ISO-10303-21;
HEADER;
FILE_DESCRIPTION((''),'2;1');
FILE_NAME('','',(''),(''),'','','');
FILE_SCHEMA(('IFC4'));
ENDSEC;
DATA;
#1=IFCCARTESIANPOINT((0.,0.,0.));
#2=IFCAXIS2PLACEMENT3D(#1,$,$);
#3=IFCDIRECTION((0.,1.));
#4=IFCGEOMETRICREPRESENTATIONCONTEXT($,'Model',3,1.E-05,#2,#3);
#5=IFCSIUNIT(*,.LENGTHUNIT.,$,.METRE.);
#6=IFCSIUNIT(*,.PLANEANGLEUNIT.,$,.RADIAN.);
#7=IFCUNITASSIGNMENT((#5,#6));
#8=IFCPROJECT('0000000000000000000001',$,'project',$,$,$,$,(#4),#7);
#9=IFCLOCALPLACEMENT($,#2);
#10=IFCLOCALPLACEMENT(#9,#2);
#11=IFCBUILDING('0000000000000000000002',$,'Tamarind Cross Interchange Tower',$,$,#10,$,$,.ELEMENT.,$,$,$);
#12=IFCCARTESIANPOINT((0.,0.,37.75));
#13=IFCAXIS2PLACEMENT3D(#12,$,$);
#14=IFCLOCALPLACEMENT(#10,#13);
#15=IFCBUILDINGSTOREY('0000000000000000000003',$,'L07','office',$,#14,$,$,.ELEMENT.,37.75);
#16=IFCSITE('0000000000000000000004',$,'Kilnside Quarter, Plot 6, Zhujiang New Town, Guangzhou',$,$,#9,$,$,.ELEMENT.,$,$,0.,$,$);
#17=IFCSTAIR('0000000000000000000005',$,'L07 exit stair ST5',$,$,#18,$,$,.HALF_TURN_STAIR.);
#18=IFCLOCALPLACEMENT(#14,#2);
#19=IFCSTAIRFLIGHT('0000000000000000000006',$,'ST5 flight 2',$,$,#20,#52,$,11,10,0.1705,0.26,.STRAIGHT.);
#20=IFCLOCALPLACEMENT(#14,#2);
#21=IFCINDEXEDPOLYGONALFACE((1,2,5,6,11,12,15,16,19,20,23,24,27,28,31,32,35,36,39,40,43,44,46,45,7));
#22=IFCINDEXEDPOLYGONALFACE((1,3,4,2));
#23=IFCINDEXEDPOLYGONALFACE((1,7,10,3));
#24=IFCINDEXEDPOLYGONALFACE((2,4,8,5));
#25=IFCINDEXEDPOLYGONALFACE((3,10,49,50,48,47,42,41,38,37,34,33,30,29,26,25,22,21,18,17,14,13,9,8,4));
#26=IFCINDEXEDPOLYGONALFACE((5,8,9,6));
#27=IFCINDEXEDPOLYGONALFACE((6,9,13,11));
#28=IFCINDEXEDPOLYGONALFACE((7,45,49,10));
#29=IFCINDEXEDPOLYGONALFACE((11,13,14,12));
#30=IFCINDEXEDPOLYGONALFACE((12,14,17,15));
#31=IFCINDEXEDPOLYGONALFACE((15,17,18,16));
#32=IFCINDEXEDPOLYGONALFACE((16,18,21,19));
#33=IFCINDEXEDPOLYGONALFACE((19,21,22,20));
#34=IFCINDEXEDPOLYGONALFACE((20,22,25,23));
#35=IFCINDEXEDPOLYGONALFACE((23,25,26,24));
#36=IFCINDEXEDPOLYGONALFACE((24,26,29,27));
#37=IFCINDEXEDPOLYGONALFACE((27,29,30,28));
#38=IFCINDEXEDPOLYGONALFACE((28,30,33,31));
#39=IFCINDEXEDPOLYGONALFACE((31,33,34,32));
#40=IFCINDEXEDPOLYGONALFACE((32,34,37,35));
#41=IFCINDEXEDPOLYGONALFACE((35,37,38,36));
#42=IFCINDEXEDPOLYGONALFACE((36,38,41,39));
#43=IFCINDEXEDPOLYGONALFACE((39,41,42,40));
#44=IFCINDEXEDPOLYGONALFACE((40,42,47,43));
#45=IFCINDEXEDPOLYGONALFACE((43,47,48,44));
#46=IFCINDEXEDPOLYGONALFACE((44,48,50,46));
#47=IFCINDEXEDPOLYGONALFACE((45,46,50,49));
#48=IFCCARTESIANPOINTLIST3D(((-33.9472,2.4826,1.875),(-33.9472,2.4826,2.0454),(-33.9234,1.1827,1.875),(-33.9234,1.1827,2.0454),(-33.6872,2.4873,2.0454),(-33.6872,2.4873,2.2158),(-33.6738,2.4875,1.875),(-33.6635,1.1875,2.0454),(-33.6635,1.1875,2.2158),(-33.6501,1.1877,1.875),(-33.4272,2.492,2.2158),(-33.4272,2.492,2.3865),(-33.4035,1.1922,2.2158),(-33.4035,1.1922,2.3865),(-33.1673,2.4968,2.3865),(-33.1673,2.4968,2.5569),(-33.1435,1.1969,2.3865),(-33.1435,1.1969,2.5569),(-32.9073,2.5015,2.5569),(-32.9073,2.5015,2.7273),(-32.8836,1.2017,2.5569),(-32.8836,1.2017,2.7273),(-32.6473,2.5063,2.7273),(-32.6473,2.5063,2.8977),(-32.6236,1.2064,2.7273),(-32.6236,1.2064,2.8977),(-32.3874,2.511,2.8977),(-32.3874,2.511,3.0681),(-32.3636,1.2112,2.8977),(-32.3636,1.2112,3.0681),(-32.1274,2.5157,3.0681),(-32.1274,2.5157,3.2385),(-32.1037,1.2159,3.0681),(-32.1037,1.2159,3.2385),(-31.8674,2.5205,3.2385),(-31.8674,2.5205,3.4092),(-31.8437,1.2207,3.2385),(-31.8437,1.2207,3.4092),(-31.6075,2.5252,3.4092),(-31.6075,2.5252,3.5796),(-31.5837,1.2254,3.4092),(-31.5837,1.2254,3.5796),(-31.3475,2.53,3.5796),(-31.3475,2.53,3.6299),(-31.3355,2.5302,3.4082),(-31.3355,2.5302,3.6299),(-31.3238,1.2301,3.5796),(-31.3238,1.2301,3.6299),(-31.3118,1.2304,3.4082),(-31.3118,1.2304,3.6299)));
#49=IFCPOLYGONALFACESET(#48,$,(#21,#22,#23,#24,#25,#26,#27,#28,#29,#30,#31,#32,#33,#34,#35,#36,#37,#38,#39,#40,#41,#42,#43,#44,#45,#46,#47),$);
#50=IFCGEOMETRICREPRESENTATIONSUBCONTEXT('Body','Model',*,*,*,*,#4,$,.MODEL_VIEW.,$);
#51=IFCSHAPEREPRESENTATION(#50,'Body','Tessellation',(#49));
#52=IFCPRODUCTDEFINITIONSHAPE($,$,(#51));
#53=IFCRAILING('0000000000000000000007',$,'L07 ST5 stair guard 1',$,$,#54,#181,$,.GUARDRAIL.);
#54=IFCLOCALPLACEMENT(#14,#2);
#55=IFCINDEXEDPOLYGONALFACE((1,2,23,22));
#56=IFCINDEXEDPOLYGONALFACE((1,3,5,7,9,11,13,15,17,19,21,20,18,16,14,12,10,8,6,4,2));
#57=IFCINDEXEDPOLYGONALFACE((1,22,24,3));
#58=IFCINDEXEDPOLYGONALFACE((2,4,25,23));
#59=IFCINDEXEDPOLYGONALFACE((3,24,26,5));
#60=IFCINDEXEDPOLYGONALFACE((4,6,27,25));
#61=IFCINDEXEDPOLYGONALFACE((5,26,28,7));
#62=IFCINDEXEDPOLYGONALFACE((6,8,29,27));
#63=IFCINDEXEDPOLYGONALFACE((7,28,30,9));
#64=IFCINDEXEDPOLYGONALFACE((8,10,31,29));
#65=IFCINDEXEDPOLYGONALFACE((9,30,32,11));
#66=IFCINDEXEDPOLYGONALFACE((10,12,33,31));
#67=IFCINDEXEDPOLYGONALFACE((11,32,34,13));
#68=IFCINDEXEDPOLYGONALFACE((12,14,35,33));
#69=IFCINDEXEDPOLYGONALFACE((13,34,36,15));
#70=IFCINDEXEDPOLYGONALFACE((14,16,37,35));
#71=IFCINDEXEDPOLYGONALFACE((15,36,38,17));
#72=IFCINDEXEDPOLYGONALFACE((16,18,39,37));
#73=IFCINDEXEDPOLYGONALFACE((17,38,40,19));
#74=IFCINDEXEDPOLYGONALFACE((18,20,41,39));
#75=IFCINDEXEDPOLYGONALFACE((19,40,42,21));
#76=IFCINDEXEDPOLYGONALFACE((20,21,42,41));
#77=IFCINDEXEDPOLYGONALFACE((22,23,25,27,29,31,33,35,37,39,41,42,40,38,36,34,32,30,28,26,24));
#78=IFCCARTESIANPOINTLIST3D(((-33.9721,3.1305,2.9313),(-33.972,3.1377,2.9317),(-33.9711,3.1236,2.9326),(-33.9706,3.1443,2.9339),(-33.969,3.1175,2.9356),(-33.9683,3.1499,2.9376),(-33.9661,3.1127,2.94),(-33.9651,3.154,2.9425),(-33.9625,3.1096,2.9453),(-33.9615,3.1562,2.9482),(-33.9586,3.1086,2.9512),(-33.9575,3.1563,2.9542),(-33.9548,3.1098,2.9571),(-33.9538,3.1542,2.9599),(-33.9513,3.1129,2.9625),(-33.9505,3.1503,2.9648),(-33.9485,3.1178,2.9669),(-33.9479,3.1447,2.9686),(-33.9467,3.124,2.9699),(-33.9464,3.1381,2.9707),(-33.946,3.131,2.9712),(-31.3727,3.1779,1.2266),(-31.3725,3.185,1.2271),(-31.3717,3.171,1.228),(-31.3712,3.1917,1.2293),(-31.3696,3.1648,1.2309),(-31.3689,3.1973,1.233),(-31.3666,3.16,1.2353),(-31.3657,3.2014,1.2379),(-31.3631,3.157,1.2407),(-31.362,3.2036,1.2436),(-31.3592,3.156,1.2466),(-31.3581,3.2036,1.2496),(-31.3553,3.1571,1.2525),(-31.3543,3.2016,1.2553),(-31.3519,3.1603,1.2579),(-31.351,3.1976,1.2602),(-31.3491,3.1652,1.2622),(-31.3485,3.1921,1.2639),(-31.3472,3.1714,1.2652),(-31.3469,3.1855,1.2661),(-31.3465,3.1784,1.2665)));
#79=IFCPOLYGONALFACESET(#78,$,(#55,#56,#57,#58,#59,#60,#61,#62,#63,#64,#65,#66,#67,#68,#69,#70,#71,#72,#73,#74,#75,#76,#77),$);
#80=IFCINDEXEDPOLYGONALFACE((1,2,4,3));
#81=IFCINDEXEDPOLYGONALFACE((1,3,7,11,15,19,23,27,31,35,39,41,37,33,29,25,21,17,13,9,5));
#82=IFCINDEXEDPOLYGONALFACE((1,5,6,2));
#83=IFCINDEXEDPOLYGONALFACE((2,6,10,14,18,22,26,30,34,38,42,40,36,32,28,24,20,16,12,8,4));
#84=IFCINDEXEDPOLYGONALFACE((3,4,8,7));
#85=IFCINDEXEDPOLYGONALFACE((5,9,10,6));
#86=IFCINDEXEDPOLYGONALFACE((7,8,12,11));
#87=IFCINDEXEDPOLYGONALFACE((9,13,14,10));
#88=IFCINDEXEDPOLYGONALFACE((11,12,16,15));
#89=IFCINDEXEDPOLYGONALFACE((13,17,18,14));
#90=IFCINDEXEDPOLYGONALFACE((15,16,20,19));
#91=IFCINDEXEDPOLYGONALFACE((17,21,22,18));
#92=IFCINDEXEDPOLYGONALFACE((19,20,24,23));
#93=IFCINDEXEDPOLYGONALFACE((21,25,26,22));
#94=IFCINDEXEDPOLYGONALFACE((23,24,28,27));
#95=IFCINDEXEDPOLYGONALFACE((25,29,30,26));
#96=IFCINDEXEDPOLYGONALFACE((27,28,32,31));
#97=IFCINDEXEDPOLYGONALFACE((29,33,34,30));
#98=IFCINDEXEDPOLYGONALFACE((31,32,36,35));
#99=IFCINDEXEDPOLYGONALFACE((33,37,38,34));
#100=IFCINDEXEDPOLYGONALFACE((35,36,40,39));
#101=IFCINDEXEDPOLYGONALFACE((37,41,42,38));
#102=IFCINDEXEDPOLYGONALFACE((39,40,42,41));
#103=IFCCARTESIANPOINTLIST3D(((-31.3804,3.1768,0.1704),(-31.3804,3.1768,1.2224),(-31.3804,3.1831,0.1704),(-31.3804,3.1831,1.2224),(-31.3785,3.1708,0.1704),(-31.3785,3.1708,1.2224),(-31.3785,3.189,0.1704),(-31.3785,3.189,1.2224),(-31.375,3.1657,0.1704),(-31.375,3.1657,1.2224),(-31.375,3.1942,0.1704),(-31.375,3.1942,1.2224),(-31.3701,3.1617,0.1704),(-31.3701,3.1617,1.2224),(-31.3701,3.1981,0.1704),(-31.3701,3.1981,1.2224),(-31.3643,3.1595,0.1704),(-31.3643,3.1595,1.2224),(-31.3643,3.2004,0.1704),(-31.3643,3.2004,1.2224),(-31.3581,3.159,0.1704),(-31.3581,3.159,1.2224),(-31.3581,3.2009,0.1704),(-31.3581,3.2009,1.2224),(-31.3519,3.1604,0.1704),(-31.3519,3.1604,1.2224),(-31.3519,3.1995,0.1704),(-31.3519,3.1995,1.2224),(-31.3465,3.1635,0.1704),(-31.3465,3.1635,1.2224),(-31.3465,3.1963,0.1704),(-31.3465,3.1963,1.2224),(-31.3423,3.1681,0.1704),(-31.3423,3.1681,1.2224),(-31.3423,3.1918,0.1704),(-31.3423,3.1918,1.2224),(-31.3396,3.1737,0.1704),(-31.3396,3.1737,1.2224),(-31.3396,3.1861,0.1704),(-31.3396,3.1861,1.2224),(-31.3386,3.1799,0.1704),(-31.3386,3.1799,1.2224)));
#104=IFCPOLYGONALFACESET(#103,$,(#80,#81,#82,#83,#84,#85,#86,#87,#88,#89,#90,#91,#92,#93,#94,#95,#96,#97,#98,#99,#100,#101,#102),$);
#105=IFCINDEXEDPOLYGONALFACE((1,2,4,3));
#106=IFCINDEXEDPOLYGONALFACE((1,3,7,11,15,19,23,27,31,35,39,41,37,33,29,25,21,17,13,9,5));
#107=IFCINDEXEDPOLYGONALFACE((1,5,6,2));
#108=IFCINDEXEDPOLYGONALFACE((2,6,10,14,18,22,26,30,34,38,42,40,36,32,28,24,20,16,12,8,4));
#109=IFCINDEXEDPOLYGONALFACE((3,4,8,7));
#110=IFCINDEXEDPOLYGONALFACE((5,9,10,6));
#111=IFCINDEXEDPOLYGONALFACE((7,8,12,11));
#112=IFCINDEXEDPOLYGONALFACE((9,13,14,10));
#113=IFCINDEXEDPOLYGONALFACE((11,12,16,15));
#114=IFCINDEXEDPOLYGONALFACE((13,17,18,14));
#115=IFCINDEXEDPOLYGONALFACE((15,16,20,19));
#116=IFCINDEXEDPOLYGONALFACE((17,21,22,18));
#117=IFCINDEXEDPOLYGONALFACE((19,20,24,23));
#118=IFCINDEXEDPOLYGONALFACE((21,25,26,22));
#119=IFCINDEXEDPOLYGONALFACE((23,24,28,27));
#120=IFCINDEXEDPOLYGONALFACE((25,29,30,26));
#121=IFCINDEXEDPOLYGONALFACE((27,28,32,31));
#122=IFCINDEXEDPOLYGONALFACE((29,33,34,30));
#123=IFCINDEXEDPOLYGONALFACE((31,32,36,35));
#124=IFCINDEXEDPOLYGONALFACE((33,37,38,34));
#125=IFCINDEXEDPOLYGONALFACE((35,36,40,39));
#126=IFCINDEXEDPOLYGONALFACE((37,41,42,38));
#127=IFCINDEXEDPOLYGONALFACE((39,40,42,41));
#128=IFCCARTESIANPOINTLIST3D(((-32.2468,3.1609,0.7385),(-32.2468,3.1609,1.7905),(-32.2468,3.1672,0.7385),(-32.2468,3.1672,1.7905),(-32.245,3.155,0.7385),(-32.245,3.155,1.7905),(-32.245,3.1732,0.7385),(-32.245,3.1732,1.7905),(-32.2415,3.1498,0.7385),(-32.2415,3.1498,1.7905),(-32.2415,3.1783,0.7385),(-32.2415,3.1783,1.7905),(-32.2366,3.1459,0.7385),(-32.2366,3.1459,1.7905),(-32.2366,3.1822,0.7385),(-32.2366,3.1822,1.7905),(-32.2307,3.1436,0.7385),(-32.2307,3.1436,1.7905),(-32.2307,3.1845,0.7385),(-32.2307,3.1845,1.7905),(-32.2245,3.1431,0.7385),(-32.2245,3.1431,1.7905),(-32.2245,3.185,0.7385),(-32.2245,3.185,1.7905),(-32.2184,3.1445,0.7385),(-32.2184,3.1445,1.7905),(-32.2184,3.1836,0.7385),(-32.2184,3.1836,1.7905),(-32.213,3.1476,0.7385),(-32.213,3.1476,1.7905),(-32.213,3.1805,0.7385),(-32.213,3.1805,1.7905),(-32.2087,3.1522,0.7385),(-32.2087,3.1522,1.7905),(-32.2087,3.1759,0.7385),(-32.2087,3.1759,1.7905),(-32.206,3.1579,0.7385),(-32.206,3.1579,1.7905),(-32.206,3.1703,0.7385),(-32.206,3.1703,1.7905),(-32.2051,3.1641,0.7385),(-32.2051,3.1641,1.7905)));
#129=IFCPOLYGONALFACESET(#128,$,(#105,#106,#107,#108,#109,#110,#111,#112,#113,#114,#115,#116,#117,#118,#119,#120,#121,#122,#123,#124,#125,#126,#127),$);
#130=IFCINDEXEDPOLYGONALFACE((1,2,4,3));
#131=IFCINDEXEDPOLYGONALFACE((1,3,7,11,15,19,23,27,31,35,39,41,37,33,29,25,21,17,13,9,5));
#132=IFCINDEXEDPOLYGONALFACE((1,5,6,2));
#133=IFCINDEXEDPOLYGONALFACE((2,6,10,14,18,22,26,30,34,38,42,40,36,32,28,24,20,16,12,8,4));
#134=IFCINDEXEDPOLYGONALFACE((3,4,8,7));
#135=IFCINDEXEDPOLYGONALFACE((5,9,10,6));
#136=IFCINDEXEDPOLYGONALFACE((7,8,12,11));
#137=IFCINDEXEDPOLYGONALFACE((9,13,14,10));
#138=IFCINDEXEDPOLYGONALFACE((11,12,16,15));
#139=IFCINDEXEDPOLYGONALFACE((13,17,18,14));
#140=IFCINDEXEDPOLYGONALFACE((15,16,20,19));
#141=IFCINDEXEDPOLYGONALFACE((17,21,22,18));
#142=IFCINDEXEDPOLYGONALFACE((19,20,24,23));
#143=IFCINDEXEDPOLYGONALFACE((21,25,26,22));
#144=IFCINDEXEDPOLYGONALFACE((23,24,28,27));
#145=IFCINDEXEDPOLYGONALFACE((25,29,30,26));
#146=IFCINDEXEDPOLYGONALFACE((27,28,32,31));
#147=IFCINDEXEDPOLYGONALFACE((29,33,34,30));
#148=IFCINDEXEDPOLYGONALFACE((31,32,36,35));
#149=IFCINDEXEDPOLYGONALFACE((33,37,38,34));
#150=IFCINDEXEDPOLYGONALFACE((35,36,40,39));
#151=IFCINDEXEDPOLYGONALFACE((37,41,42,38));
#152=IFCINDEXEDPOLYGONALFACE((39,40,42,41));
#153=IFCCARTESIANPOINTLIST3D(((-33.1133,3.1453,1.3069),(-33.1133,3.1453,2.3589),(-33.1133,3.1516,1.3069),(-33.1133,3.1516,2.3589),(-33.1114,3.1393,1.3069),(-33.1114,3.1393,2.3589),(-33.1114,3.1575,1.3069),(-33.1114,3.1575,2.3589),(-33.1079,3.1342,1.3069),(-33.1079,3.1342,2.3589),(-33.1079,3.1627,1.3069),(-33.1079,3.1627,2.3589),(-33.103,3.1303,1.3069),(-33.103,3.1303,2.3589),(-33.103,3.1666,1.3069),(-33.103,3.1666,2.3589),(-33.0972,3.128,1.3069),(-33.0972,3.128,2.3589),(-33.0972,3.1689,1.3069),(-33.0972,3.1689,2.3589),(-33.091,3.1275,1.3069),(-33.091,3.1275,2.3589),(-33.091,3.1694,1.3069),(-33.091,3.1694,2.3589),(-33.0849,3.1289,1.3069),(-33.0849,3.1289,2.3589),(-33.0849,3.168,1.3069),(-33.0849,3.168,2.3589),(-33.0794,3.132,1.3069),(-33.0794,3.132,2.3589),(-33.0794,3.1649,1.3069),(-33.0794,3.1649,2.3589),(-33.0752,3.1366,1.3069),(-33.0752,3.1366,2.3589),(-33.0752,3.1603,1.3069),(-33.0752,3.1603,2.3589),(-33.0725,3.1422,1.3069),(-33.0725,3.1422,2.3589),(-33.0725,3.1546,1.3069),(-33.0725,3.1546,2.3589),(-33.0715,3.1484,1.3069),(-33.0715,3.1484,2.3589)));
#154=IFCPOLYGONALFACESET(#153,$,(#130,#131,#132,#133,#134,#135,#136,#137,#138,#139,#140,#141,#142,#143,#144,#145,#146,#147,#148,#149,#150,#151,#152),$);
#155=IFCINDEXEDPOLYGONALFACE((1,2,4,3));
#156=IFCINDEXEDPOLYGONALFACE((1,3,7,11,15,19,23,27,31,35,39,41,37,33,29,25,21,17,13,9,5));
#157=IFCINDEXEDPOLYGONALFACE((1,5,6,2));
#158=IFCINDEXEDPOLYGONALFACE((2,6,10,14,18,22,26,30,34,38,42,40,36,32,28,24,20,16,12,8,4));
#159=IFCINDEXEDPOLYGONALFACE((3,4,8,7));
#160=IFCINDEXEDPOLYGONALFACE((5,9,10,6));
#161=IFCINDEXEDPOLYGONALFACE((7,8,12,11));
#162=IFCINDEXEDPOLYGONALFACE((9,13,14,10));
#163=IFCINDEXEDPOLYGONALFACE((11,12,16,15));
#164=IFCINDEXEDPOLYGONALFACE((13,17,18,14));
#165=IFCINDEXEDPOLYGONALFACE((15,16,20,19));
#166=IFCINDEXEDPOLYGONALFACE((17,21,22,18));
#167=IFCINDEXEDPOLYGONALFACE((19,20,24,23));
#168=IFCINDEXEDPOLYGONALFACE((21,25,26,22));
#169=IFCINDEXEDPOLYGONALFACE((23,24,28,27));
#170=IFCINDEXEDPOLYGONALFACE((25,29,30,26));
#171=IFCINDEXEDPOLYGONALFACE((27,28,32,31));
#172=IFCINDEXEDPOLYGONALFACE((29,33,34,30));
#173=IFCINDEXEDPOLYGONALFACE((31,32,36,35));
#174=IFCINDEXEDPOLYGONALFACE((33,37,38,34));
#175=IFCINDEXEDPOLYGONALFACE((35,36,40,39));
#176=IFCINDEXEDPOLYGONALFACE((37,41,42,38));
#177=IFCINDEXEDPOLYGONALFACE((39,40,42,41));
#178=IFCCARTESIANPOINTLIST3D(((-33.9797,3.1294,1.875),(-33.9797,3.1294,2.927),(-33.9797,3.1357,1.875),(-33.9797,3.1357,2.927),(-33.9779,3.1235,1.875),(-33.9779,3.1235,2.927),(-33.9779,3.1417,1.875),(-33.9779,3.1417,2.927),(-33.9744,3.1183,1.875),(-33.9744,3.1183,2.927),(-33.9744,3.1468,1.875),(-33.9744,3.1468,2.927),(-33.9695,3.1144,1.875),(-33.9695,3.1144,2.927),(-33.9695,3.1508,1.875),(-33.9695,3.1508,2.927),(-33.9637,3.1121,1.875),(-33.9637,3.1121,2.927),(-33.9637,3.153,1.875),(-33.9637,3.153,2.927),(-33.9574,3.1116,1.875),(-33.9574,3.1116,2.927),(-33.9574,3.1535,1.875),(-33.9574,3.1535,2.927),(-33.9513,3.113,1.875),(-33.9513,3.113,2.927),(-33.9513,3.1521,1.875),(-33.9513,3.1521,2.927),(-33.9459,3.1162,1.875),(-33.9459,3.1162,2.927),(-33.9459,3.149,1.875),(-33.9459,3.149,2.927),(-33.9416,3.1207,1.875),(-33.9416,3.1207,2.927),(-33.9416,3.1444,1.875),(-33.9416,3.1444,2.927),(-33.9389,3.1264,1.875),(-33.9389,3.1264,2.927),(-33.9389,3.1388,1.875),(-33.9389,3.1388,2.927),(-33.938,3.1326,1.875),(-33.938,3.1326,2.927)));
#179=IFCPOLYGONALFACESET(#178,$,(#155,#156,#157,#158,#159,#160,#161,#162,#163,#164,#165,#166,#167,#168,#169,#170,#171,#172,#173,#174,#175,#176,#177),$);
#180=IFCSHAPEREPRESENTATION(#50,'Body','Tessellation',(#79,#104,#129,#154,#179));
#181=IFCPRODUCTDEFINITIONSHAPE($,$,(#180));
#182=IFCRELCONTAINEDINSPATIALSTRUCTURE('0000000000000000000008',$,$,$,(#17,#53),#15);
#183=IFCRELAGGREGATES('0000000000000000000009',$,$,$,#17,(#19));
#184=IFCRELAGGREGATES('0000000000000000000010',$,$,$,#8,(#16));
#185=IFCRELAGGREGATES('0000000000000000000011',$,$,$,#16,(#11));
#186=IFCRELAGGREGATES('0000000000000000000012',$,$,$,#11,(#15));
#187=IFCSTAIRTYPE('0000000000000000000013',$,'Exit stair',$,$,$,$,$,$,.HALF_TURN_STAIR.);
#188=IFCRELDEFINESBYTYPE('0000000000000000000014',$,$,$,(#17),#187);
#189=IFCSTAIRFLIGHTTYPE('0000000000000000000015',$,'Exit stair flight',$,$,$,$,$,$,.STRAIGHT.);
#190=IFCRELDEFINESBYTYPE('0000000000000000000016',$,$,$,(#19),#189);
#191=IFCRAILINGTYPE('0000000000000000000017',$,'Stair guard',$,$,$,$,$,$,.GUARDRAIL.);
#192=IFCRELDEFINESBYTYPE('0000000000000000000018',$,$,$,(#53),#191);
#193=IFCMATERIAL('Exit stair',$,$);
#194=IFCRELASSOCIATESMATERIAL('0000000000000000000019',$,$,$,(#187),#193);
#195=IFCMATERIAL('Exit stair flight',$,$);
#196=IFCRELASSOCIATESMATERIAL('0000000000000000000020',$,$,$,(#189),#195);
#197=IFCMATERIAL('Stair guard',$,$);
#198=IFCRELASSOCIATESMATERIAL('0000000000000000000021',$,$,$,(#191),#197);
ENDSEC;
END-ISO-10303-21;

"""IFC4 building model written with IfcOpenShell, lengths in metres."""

from ifc_helpers import new_model, si_unit, direction, frame, origin, origin_2d, place, context, subcontext, project, spatial, polyline, circle, outline, extrude, material, type_object, element, aggregate, save


model = new_model("IFC4")

# Units and contexts
model_context = context("Model", 3, precision=1e-05, world=origin(), true_north=direction((0.0, 1.0)))
body_context = subcontext(model_context, "Body", "Model", "MODEL_VIEW")
ifc_project = project(units=[si_unit("LENGTHUNIT", "METRE"), si_unit("PLANEANGLEUNIT", "RADIAN")], contexts=[model_context])

# Site, building, storey
site_placement = place(None, origin())
site = spatial("IfcSite", under=ifc_project, at=site_placement, Name="Kilnside Quarter, Plot 6, Zhujiang New Town, Guangzhou", CompositionType="ELEMENT", RefElevation=0.0)
building_placement = place(site_placement, origin())
building = spatial("IfcBuilding", under=site, at=building_placement, Name="Tamarind Cross Interchange Tower", CompositionType="ELEMENT")
storey_placement = place(building_placement, frame((0.0, 0.0, 37.75)))
storey = spatial("IfcBuildingStorey", under=building, at=storey_placement, Name="L07", Description="office", CompositionType="ELEMENT", Elevation=37.75)

# Stair, stair flight
ifc_material_1 = material(Name="Exit stair")
stair_type = type_object("IfcStairType", Name="Exit stair", PredefinedType="HALF_TURN_STAIR", material=ifc_material_1)
stair_placement = place(storey_placement, origin())
stair = element("IfcStair", 1, at=stair_placement, inside=storey, type_object=stair_type, Name="L07 exit stair ST5", PredefinedType="HALF_TURN_STAIR")
ifc_material_2 = material(Name="Exit stair flight")
stair_flight_type = type_object("IfcStairFlightType", Name="Exit stair flight", PredefinedType="STRAIGHT", material=ifc_material_2)
stair_flight_1_placement = place(storey_placement, frame((-33.9353, 1.8328, 1.875), z_axis=(0.0, 0.0, 1.0), x_axis=(0.999834, 0.018234, 0.0)))
stair_flight_1 = element("IfcStairFlight", 2, at=stair_flight_1_placement, type_object=stair_flight_type, Name="ST5 flight 2", NumberOfRisers=11, NumberOfTreads=10, PredefinedType="STRAIGHT", RiserHeight=0.1705, TreadLength=0.26, context=body_context, shape_type="SweptSolid", body=[
    extrude(outline(polyline([(0.0, 0.0), (0.0, 0.1704), (0.26, 0.1704), (0.26, 0.3408), (0.52, 0.3408), (0.52, 0.5115), (0.78, 0.5115), (0.78, 0.6819), (1.04, 0.6819), (1.04, 0.8523), (1.3, 0.8523), (1.3, 1.0227), (1.5601, 1.0227), (1.5601, 1.1931), (1.8201, 1.1931), (1.8201, 1.3635), (2.0801, 1.3635), (2.0801, 1.5342), (2.3401, 1.5342), (2.3401, 1.7046), (2.6001, 1.7046), (2.6001, 1.7549), (2.6121, 1.7549), (2.6121, 1.5332), (0.2734, 0.0), (0.0, 0.0)])), frame((0.0, 0.6499, 0.0), z_axis=(0.0, -1.0, 0.0), x_axis=(1.0, 0.0, 0.0)), (0.0, 0.0, 1.0), 1.3),
])
aggregate(stair, [stair_flight_1])

# Railing
ifc_material_3 = material(Name="Stair guard")
railing_type_1 = type_object("IfcRailingType", Name="Stair guard", PredefinedType="GUARDRAIL", material=ifc_material_3)
railing_1_placement = place(storey_placement, frame((-31.3596, 3.1799, 0.1704)))
element("IfcRailing", 3, at=railing_1_placement, inside=storey, type_object=railing_type_1, Name="L07 ST5 stair guard 1", PredefinedType="GUARDRAIL", context=body_context, shape_type="SweptSolid", body=[
    extrude(circle(Radius=0.0239, at=origin_2d()), frame((0.0, 0.0, 1.0762), z_axis=(-0.836134, -0.015235, 0.548313), x_axis=(0.018218, -0.999834, 0.0)), (0.0, 0.0, 1.0), 3.1089),
    extrude(circle(Radius=0.021, at=origin_2d()), origin(), (0.0, 0.0, 1.0), 1.052),
    extrude(circle(Radius=0.021, at=origin_2d()), frame((-0.8665, -0.0159, 0.5681)), (0.0, 0.0, 1.0), 1.052),
    extrude(circle(Radius=0.021, at=origin_2d()), frame((-1.7329, -0.0315, 1.1365)), (0.0, 0.0, 1.0), 1.052),
    extrude(circle(Radius=0.021, at=origin_2d()), frame((-2.5994, -0.0474, 1.7046)), (0.0, 0.0, 1.0), 1.052),
])

save(model, "model.ifc")
